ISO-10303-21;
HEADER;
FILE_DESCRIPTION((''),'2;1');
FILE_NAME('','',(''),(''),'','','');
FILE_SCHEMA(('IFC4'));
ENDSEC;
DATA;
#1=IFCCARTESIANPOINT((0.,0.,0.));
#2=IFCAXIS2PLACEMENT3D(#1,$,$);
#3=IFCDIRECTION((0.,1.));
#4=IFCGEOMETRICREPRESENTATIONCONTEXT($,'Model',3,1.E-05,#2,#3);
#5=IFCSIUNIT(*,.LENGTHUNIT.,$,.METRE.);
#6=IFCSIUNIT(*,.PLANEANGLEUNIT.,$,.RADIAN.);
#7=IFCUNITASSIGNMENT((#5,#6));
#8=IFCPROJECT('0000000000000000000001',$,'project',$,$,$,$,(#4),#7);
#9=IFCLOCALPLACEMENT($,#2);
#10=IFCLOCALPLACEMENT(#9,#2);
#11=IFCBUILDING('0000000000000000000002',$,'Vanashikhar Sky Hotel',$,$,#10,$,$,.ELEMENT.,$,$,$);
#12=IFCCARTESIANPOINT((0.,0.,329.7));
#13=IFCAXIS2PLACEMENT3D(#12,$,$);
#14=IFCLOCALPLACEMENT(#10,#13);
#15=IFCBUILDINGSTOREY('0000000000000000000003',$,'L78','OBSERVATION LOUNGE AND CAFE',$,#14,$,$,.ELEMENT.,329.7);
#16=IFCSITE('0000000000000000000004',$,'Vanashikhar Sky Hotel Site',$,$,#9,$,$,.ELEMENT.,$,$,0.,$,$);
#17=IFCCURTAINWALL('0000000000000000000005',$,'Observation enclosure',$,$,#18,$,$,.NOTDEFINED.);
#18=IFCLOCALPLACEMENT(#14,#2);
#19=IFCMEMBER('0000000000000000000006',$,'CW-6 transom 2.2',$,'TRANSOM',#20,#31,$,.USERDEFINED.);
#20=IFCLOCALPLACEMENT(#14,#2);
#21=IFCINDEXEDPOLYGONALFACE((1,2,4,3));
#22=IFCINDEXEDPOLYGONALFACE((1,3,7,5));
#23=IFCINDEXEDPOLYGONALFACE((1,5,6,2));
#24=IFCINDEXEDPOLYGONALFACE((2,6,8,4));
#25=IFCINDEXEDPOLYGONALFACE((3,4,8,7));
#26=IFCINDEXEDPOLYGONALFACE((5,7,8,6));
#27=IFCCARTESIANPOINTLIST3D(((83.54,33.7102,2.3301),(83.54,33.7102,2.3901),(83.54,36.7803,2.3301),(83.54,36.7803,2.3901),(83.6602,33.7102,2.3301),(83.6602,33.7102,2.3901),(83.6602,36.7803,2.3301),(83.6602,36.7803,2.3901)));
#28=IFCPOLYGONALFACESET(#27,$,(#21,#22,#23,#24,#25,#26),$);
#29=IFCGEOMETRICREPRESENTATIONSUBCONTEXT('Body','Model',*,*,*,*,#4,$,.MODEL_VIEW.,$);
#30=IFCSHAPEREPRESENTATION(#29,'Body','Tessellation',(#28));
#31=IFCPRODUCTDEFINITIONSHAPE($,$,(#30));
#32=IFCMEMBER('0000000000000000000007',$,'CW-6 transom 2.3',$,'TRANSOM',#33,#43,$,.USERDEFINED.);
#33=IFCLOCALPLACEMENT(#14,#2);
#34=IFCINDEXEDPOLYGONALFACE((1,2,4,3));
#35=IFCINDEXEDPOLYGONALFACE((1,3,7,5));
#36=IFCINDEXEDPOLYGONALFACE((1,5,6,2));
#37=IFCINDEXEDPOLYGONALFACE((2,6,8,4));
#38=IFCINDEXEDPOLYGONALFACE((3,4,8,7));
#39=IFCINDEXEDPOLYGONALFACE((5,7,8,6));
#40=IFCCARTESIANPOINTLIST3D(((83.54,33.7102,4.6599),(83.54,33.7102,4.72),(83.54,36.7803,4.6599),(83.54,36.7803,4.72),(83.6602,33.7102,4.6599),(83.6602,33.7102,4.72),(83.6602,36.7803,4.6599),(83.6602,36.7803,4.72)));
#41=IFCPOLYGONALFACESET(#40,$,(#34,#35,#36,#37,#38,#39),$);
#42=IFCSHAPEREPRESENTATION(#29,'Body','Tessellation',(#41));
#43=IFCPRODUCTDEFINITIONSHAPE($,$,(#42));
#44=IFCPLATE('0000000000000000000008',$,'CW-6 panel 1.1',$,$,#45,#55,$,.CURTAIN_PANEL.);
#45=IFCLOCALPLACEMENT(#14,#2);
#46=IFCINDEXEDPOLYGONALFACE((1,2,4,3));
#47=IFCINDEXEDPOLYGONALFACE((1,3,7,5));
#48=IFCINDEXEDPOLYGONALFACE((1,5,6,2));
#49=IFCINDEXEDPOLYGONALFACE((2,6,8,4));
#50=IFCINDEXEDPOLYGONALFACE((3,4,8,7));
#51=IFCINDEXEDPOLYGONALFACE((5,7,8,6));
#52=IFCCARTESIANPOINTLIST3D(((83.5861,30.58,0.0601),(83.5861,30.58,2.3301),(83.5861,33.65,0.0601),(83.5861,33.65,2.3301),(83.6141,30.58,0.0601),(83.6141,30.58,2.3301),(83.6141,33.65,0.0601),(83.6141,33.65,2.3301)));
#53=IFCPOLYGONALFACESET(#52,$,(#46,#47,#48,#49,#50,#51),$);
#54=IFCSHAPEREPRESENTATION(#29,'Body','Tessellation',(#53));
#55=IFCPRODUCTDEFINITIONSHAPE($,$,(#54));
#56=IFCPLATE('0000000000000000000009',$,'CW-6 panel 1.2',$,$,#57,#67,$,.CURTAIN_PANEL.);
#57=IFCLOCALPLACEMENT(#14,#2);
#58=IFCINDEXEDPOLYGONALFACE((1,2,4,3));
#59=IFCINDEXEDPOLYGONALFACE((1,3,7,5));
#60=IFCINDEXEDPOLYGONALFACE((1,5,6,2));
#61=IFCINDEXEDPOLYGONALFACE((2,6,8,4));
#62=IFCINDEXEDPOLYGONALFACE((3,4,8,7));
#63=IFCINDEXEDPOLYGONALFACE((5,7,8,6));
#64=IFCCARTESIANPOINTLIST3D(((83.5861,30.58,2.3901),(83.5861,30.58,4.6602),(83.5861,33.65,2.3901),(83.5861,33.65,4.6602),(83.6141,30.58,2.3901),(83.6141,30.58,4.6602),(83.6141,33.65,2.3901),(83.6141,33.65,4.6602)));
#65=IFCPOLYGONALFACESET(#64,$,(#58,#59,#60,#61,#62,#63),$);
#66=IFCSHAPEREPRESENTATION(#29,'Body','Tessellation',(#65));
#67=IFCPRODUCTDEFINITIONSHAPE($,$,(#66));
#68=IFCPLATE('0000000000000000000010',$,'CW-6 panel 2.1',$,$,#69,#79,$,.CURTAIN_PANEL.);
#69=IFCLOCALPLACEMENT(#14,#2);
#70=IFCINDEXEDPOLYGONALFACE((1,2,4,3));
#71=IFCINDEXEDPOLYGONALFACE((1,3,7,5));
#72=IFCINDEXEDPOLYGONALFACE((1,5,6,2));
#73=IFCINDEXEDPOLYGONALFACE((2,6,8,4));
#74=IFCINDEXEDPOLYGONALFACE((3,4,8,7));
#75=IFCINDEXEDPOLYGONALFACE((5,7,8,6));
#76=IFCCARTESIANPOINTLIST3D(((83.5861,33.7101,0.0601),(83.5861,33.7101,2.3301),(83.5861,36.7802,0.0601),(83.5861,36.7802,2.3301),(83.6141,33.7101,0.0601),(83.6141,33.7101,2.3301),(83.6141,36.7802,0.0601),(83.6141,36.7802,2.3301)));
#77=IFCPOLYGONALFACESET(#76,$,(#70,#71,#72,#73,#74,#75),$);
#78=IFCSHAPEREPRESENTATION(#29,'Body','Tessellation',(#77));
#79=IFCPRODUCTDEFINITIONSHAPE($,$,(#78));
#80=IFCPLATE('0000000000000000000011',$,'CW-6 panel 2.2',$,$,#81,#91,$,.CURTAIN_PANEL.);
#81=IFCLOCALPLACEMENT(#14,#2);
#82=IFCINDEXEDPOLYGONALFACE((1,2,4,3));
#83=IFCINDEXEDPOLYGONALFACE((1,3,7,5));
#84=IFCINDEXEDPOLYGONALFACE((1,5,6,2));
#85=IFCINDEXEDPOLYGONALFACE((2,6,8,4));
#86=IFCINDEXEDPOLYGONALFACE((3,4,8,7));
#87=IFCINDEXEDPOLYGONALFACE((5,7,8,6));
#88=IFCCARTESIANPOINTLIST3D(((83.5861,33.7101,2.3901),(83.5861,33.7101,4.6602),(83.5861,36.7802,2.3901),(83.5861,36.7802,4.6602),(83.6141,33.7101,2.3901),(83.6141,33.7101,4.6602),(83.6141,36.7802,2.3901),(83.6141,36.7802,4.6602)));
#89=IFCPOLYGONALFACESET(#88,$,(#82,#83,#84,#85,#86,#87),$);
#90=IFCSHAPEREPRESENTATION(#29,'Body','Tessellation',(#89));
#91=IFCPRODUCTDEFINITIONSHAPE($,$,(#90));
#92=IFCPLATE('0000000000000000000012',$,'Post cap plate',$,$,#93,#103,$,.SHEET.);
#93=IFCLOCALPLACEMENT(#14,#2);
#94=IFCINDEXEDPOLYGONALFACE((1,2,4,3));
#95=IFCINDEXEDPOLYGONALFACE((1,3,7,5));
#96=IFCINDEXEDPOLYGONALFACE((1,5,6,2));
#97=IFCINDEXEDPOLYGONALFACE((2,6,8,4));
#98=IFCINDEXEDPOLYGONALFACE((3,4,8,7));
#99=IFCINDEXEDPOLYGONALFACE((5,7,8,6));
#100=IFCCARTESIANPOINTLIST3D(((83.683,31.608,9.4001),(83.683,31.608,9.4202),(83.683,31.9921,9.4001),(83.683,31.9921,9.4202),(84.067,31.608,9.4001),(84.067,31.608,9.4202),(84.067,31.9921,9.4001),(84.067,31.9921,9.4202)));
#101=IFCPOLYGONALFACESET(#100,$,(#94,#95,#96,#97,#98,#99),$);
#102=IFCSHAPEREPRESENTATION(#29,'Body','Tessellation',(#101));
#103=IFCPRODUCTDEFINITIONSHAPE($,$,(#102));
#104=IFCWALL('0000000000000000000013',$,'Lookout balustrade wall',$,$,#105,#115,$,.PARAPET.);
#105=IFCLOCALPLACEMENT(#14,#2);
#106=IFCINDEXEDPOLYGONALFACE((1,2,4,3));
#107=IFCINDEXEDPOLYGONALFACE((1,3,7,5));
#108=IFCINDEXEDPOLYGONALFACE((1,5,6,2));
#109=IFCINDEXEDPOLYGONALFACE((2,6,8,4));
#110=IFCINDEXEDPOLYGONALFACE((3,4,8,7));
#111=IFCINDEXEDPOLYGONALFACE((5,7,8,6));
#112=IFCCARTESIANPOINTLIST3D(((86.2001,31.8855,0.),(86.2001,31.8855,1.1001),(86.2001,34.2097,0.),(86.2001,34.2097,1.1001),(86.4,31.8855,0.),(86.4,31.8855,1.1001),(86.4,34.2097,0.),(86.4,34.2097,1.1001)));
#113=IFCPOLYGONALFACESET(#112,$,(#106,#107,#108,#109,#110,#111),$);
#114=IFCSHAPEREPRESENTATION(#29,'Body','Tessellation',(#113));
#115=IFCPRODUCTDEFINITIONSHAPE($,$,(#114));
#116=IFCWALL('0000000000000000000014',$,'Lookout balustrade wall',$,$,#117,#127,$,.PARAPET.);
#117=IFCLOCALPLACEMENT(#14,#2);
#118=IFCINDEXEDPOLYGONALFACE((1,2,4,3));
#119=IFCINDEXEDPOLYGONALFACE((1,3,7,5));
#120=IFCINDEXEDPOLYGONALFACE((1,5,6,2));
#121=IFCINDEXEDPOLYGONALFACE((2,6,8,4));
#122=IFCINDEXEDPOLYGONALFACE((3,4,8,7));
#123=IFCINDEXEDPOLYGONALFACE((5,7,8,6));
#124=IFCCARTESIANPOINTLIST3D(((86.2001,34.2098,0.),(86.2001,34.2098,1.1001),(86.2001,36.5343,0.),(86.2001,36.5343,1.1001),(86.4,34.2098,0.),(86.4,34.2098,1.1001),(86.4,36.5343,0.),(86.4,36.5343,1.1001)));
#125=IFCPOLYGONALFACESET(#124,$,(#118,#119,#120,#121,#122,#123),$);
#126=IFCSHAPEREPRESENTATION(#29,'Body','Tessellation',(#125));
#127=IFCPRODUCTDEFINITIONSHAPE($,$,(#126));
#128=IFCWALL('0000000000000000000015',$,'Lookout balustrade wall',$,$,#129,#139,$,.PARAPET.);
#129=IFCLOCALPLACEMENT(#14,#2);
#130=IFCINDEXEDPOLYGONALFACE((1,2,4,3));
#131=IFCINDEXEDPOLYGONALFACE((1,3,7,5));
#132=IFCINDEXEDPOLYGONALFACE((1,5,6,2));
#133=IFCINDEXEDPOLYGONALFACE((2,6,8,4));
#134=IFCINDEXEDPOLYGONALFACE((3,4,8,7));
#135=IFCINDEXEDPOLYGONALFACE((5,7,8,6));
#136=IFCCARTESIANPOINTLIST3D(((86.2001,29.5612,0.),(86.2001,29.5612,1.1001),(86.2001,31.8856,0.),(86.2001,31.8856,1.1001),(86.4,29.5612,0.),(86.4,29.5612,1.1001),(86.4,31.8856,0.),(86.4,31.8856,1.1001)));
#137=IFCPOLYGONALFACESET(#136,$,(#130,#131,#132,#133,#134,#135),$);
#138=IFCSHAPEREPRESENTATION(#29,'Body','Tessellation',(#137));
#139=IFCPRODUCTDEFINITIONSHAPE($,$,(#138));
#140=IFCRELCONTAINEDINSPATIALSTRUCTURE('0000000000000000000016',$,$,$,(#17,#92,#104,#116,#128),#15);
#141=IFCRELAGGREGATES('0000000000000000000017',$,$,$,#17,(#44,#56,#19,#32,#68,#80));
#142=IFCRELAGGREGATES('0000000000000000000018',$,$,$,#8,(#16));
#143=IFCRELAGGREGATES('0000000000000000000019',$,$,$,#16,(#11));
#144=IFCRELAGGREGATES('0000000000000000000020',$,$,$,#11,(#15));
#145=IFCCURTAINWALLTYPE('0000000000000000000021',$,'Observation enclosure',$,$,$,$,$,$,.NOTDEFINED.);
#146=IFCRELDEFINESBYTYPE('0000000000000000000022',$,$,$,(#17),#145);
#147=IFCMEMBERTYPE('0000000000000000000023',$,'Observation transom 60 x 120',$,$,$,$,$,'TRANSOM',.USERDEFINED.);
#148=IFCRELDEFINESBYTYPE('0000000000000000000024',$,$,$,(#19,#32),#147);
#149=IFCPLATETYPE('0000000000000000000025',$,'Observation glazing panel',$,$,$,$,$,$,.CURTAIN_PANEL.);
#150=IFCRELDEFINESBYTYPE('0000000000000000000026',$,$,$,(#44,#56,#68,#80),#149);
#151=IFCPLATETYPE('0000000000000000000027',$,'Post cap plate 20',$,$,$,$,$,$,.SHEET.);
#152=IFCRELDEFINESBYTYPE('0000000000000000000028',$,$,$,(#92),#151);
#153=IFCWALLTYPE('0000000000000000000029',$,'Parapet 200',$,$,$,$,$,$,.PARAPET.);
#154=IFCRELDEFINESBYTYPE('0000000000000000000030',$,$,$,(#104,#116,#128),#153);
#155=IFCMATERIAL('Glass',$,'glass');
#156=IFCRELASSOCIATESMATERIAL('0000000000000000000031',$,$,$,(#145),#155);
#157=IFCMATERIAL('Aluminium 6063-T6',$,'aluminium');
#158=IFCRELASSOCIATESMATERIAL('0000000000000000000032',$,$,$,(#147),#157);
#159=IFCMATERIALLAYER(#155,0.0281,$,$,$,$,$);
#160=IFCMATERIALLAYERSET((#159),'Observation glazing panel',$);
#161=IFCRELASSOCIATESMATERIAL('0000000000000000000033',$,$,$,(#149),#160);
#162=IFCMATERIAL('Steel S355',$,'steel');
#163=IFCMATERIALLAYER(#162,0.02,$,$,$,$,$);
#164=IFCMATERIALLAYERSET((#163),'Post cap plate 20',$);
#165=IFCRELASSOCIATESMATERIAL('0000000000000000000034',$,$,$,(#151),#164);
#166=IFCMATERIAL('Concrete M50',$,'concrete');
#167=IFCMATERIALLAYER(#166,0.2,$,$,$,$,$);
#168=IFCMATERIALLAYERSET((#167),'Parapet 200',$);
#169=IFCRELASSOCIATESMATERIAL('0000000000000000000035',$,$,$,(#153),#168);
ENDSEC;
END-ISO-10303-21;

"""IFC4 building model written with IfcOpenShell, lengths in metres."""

from ifc_helpers import new_model, si_unit, direction, frame, frame_2d, origin, origin_2d, place, context, subcontext, project, spatial, rectangle, extrude, source, transform, mapped, material, layer, layer_set, material_profile, profile_set, type_object, element, aggregate, save


model = new_model("IFC4")

# Units and contexts
model_context = context("Model", 3, precision=1e-05, world=origin(), true_north=direction((0.0, 1.0)))
body_context = subcontext(model_context, "Body", "Model", "MODEL_VIEW")
ifc_project = project(units=[si_unit("LENGTHUNIT", "METRE"), si_unit("PLANEANGLEUNIT", "RADIAN")], contexts=[model_context])

# Site, building, storey
site_placement = place(None, origin())
site = spatial("IfcSite", under=ifc_project, at=site_placement, Name="Vanashikhar Sky Hotel Site", CompositionType="ELEMENT", RefElevation=0.0)
building_placement = place(site_placement, origin())
building = spatial("IfcBuilding", under=site, at=building_placement, Name="Vanashikhar Sky Hotel", CompositionType="ELEMENT")
storey_placement = place(building_placement, frame((0.0, 0.0, 329.7)))
storey = spatial("IfcBuildingStorey", under=building, at=storey_placement, Name="L78", Description="OBSERVATION LOUNGE AND CAFE", CompositionType="ELEMENT", Elevation=329.7)

# Shared definitions
ifc_material_1 = material(Name="Steel S355", Category="steel")

# Curtain wall
ifc_material_2 = material(Name="Glass", Category="glass")
curtain_wall_type = type_object("IfcCurtainWallType", Name="Observation enclosure", PredefinedType="NOTDEFINED", material=ifc_material_2)
curtain_wall_1_placement = place(storey_placement, origin())
curtain_wall_1 = element("IfcCurtainWall", 1, at=curtain_wall_1_placement, inside=storey, type_object=curtain_wall_type, Name="Observation enclosure", PredefinedType="NOTDEFINED")
ifc_material_3 = material(Name="Aluminium 6063-T6", Category="aluminium")

# Members
ifc_material_profile_1 = material_profile(ifc_material_3, rectangle(XDim=0.1201, YDim=0.0601, at=origin_2d()))
ifc_profile_set_1 = profile_set([ifc_material_profile_1], Name="Aluminium 6063-T6")
member_type_1 = type_object("IfcMemberType", Name="Observation transom 60 x 120", ElementType="TRANSOM", PredefinedType="USERDEFINED", material=ifc_profile_set_1)
shared_shape_1 = source(origin(), body_context, "Body", "SweptSolid", [
    extrude(rectangle(XDim=0.1201, YDim=0.0601, at=origin_2d()), origin(), (0.0, 0.0, 1.0), 3.0701),
])
member_1_placement = place(storey_placement, frame((83.6001, 33.7102, 2.3601), z_axis=(0.0, 1.0, 0.0), x_axis=(-1.0, 0.0, 0.0)))
member_1 = element("IfcMember", 2, at=member_1_placement, type_object=member_type_1, Name="CW-6 transom 2.2", ObjectType="TRANSOM", PredefinedType="USERDEFINED", context=body_context, shape_type="MappedRepresentation", body=[
    mapped(shared_shape_1, transform((0.0, 0.0, 0.0), scale=1.0)),
])
member_2_placement = place(storey_placement, frame((83.6001, 33.7102, 4.6899), z_axis=(0.0, 1.0, 0.0), x_axis=(-1.0, 0.0, 0.0)))
member_2 = element("IfcMember", 3, at=member_2_placement, type_object=member_type_1, Name="CW-6 transom 2.3", ObjectType="TRANSOM", PredefinedType="USERDEFINED", context=body_context, shape_type="MappedRepresentation", body=[
    mapped(shared_shape_1, transform((0.0, 0.0, 0.0), scale=1.0)),
])

# Plates
ifc_layer_1 = layer(ifc_material_2, 0.0281)
ifc_layer_set_1 = layer_set([ifc_layer_1], Name="Observation glazing panel")
plate_type_1 = type_object("IfcPlateType", Name="Observation glazing panel", PredefinedType="CURTAIN_PANEL", material=ifc_layer_set_1)
shared_shape_2 = source(origin(), body_context, "Body", "SweptSolid", [
    extrude(rectangle(XDim=3.0701, YDim=0.0281, at=origin_2d()), origin(), (0.0, 0.0, 1.0), 2.27),
])
plate_1_placement = place(storey_placement, frame((83.6001, 32.115, 0.0601), z_axis=(0.0, 0.0, 1.0), x_axis=(0.0, 1.0, 0.0)))
plate_1 = element("IfcPlate", 4, at=plate_1_placement, type_object=plate_type_1, Name="CW-6 panel 1.1", PredefinedType="CURTAIN_PANEL", context=body_context, shape_type="MappedRepresentation", body=[
    mapped(shared_shape_2, transform((0.0, 0.0, 0.0), scale=1.0)),
])
plate_2_placement = place(storey_placement, frame((83.6001, 32.115, 2.3901), z_axis=(0.0, 0.0, 1.0), x_axis=(0.0, 1.0, 0.0)))
plate_2 = element("IfcPlate", 5, at=plate_2_placement, type_object=plate_type_1, Name="CW-6 panel 1.2", PredefinedType="CURTAIN_PANEL", context=body_context, shape_type="MappedRepresentation", body=[
    mapped(shared_shape_2, transform((0.0, 0.0, 0.0), scale=1.0)),
])
plate_3_placement = place(storey_placement, frame((83.6001, 35.2451, 0.0601), z_axis=(0.0, 0.0, 1.0), x_axis=(0.0, 1.0, 0.0)))
plate_3 = element("IfcPlate", 6, at=plate_3_placement, type_object=plate_type_1, Name="CW-6 panel 2.1", PredefinedType="CURTAIN_PANEL", context=body_context, shape_type="MappedRepresentation", body=[
    mapped(shared_shape_2, transform((0.0, 0.0, 0.0), scale=1.0)),
])
plate_4_placement = place(storey_placement, frame((83.6001, 35.2451, 2.3901), z_axis=(0.0, 0.0, 1.0), x_axis=(0.0, 1.0, 0.0)))
plate_4 = element("IfcPlate", 7, at=plate_4_placement, type_object=plate_type_1, Name="CW-6 panel 2.2", PredefinedType="CURTAIN_PANEL", context=body_context, shape_type="MappedRepresentation", body=[
    mapped(shared_shape_2, transform((0.0, 0.0, 0.0), scale=1.0)),
])
aggregate(curtain_wall_1, [plate_1, plate_2, member_1, member_2, plate_3, plate_4])
ifc_layer_2 = layer(ifc_material_1, 0.02)
ifc_layer_set_2 = layer_set([ifc_layer_2], Name="Post cap plate 20")
plate_type_2 = type_object("IfcPlateType", Name="Post cap plate 20", PredefinedType="SHEET", material=ifc_layer_set_2)
shared_shape_3 = source(origin(), body_context, "Body", "SweptSolid", [
    extrude(rectangle(XDim=0.384, YDim=0.384, at=origin_2d()), origin(), (0.0, 0.0, 1.0), 0.02),
])
plate_5_placement = place(storey_placement, frame((83.875, 31.8, 9.4001), z_axis=(0.0, 0.0, 1.0), x_axis=(1.0, 0.0, 0.0)))
element("IfcPlate", 8, at=plate_5_placement, inside=storey, type_object=plate_type_2, Name="Post cap plate", PredefinedType="SHEET", context=body_context, shape_type="MappedRepresentation", body=[
    mapped(shared_shape_3, transform((0.0, 0.0, 0.0), scale=1.0)),
])

# Walls
ifc_material_4 = material(Name="Concrete M50", Category="concrete")
ifc_layer_3 = layer(ifc_material_4, 0.2)
ifc_layer_set_3 = layer_set([ifc_layer_3], Name="Parapet 200")
wall_type = type_object("IfcWallType", Name="Parapet 200", PredefinedType="PARAPET", material=ifc_layer_set_3)
shared_shape_4 = source(origin(), body_context, "Body", "SweptSolid", [
    extrude(rectangle(XDim=2.3242, YDim=0.2, at=frame_2d((1.1621, 0.0))), origin(), (0.0, 0.0, 1.0), 1.1001),
])
wall_placement = place(storey_placement, frame((86.3, 34.2097, 0.0), z_axis=(0.0, 0.0, 1.0), x_axis=(0.0, -1.0, 0.0)))
element("IfcWall", 9, at=wall_placement, inside=storey, type_object=wall_type, Name="Lookout balustrade wall", PredefinedType="PARAPET", context=body_context, shape_type="MappedRepresentation", body=[
    mapped(shared_shape_4, transform((0.0, 0.0, 0.0), scale=1.0)),
])
shared_shape_5 = source(origin(), body_context, "Body", "SweptSolid", [
    extrude(rectangle(XDim=2.3245, YDim=0.2, at=frame_2d((1.1621, 0.0))), origin(), (0.0, 0.0, 1.0), 1.1001),
])
for number, where, z_axis, x_axis, name in (
    (10, (86.3, 36.5342, 0.0), (0.0, 0.0, 1.0), (0.0, -1.0, 0.0), "Lookout balustrade wall"),
    (11, (86.3, 31.8855, 0.0), (0.0, 0.0, 1.0), (0.0, -1.0, 0.0), "Lookout balustrade wall"),
):
    element("IfcWall", number, at=place(storey_placement, frame(where, z_axis=z_axis, x_axis=x_axis)), inside=storey, type_object=wall_type, Name=name, PredefinedType="PARAPET", context=body_context, shape_type="MappedRepresentation", body=[
        mapped(shared_shape_5, transform((0.0, 0.0, 0.0), scale=1.0)),
    ])

save(model, "model.ifc")
